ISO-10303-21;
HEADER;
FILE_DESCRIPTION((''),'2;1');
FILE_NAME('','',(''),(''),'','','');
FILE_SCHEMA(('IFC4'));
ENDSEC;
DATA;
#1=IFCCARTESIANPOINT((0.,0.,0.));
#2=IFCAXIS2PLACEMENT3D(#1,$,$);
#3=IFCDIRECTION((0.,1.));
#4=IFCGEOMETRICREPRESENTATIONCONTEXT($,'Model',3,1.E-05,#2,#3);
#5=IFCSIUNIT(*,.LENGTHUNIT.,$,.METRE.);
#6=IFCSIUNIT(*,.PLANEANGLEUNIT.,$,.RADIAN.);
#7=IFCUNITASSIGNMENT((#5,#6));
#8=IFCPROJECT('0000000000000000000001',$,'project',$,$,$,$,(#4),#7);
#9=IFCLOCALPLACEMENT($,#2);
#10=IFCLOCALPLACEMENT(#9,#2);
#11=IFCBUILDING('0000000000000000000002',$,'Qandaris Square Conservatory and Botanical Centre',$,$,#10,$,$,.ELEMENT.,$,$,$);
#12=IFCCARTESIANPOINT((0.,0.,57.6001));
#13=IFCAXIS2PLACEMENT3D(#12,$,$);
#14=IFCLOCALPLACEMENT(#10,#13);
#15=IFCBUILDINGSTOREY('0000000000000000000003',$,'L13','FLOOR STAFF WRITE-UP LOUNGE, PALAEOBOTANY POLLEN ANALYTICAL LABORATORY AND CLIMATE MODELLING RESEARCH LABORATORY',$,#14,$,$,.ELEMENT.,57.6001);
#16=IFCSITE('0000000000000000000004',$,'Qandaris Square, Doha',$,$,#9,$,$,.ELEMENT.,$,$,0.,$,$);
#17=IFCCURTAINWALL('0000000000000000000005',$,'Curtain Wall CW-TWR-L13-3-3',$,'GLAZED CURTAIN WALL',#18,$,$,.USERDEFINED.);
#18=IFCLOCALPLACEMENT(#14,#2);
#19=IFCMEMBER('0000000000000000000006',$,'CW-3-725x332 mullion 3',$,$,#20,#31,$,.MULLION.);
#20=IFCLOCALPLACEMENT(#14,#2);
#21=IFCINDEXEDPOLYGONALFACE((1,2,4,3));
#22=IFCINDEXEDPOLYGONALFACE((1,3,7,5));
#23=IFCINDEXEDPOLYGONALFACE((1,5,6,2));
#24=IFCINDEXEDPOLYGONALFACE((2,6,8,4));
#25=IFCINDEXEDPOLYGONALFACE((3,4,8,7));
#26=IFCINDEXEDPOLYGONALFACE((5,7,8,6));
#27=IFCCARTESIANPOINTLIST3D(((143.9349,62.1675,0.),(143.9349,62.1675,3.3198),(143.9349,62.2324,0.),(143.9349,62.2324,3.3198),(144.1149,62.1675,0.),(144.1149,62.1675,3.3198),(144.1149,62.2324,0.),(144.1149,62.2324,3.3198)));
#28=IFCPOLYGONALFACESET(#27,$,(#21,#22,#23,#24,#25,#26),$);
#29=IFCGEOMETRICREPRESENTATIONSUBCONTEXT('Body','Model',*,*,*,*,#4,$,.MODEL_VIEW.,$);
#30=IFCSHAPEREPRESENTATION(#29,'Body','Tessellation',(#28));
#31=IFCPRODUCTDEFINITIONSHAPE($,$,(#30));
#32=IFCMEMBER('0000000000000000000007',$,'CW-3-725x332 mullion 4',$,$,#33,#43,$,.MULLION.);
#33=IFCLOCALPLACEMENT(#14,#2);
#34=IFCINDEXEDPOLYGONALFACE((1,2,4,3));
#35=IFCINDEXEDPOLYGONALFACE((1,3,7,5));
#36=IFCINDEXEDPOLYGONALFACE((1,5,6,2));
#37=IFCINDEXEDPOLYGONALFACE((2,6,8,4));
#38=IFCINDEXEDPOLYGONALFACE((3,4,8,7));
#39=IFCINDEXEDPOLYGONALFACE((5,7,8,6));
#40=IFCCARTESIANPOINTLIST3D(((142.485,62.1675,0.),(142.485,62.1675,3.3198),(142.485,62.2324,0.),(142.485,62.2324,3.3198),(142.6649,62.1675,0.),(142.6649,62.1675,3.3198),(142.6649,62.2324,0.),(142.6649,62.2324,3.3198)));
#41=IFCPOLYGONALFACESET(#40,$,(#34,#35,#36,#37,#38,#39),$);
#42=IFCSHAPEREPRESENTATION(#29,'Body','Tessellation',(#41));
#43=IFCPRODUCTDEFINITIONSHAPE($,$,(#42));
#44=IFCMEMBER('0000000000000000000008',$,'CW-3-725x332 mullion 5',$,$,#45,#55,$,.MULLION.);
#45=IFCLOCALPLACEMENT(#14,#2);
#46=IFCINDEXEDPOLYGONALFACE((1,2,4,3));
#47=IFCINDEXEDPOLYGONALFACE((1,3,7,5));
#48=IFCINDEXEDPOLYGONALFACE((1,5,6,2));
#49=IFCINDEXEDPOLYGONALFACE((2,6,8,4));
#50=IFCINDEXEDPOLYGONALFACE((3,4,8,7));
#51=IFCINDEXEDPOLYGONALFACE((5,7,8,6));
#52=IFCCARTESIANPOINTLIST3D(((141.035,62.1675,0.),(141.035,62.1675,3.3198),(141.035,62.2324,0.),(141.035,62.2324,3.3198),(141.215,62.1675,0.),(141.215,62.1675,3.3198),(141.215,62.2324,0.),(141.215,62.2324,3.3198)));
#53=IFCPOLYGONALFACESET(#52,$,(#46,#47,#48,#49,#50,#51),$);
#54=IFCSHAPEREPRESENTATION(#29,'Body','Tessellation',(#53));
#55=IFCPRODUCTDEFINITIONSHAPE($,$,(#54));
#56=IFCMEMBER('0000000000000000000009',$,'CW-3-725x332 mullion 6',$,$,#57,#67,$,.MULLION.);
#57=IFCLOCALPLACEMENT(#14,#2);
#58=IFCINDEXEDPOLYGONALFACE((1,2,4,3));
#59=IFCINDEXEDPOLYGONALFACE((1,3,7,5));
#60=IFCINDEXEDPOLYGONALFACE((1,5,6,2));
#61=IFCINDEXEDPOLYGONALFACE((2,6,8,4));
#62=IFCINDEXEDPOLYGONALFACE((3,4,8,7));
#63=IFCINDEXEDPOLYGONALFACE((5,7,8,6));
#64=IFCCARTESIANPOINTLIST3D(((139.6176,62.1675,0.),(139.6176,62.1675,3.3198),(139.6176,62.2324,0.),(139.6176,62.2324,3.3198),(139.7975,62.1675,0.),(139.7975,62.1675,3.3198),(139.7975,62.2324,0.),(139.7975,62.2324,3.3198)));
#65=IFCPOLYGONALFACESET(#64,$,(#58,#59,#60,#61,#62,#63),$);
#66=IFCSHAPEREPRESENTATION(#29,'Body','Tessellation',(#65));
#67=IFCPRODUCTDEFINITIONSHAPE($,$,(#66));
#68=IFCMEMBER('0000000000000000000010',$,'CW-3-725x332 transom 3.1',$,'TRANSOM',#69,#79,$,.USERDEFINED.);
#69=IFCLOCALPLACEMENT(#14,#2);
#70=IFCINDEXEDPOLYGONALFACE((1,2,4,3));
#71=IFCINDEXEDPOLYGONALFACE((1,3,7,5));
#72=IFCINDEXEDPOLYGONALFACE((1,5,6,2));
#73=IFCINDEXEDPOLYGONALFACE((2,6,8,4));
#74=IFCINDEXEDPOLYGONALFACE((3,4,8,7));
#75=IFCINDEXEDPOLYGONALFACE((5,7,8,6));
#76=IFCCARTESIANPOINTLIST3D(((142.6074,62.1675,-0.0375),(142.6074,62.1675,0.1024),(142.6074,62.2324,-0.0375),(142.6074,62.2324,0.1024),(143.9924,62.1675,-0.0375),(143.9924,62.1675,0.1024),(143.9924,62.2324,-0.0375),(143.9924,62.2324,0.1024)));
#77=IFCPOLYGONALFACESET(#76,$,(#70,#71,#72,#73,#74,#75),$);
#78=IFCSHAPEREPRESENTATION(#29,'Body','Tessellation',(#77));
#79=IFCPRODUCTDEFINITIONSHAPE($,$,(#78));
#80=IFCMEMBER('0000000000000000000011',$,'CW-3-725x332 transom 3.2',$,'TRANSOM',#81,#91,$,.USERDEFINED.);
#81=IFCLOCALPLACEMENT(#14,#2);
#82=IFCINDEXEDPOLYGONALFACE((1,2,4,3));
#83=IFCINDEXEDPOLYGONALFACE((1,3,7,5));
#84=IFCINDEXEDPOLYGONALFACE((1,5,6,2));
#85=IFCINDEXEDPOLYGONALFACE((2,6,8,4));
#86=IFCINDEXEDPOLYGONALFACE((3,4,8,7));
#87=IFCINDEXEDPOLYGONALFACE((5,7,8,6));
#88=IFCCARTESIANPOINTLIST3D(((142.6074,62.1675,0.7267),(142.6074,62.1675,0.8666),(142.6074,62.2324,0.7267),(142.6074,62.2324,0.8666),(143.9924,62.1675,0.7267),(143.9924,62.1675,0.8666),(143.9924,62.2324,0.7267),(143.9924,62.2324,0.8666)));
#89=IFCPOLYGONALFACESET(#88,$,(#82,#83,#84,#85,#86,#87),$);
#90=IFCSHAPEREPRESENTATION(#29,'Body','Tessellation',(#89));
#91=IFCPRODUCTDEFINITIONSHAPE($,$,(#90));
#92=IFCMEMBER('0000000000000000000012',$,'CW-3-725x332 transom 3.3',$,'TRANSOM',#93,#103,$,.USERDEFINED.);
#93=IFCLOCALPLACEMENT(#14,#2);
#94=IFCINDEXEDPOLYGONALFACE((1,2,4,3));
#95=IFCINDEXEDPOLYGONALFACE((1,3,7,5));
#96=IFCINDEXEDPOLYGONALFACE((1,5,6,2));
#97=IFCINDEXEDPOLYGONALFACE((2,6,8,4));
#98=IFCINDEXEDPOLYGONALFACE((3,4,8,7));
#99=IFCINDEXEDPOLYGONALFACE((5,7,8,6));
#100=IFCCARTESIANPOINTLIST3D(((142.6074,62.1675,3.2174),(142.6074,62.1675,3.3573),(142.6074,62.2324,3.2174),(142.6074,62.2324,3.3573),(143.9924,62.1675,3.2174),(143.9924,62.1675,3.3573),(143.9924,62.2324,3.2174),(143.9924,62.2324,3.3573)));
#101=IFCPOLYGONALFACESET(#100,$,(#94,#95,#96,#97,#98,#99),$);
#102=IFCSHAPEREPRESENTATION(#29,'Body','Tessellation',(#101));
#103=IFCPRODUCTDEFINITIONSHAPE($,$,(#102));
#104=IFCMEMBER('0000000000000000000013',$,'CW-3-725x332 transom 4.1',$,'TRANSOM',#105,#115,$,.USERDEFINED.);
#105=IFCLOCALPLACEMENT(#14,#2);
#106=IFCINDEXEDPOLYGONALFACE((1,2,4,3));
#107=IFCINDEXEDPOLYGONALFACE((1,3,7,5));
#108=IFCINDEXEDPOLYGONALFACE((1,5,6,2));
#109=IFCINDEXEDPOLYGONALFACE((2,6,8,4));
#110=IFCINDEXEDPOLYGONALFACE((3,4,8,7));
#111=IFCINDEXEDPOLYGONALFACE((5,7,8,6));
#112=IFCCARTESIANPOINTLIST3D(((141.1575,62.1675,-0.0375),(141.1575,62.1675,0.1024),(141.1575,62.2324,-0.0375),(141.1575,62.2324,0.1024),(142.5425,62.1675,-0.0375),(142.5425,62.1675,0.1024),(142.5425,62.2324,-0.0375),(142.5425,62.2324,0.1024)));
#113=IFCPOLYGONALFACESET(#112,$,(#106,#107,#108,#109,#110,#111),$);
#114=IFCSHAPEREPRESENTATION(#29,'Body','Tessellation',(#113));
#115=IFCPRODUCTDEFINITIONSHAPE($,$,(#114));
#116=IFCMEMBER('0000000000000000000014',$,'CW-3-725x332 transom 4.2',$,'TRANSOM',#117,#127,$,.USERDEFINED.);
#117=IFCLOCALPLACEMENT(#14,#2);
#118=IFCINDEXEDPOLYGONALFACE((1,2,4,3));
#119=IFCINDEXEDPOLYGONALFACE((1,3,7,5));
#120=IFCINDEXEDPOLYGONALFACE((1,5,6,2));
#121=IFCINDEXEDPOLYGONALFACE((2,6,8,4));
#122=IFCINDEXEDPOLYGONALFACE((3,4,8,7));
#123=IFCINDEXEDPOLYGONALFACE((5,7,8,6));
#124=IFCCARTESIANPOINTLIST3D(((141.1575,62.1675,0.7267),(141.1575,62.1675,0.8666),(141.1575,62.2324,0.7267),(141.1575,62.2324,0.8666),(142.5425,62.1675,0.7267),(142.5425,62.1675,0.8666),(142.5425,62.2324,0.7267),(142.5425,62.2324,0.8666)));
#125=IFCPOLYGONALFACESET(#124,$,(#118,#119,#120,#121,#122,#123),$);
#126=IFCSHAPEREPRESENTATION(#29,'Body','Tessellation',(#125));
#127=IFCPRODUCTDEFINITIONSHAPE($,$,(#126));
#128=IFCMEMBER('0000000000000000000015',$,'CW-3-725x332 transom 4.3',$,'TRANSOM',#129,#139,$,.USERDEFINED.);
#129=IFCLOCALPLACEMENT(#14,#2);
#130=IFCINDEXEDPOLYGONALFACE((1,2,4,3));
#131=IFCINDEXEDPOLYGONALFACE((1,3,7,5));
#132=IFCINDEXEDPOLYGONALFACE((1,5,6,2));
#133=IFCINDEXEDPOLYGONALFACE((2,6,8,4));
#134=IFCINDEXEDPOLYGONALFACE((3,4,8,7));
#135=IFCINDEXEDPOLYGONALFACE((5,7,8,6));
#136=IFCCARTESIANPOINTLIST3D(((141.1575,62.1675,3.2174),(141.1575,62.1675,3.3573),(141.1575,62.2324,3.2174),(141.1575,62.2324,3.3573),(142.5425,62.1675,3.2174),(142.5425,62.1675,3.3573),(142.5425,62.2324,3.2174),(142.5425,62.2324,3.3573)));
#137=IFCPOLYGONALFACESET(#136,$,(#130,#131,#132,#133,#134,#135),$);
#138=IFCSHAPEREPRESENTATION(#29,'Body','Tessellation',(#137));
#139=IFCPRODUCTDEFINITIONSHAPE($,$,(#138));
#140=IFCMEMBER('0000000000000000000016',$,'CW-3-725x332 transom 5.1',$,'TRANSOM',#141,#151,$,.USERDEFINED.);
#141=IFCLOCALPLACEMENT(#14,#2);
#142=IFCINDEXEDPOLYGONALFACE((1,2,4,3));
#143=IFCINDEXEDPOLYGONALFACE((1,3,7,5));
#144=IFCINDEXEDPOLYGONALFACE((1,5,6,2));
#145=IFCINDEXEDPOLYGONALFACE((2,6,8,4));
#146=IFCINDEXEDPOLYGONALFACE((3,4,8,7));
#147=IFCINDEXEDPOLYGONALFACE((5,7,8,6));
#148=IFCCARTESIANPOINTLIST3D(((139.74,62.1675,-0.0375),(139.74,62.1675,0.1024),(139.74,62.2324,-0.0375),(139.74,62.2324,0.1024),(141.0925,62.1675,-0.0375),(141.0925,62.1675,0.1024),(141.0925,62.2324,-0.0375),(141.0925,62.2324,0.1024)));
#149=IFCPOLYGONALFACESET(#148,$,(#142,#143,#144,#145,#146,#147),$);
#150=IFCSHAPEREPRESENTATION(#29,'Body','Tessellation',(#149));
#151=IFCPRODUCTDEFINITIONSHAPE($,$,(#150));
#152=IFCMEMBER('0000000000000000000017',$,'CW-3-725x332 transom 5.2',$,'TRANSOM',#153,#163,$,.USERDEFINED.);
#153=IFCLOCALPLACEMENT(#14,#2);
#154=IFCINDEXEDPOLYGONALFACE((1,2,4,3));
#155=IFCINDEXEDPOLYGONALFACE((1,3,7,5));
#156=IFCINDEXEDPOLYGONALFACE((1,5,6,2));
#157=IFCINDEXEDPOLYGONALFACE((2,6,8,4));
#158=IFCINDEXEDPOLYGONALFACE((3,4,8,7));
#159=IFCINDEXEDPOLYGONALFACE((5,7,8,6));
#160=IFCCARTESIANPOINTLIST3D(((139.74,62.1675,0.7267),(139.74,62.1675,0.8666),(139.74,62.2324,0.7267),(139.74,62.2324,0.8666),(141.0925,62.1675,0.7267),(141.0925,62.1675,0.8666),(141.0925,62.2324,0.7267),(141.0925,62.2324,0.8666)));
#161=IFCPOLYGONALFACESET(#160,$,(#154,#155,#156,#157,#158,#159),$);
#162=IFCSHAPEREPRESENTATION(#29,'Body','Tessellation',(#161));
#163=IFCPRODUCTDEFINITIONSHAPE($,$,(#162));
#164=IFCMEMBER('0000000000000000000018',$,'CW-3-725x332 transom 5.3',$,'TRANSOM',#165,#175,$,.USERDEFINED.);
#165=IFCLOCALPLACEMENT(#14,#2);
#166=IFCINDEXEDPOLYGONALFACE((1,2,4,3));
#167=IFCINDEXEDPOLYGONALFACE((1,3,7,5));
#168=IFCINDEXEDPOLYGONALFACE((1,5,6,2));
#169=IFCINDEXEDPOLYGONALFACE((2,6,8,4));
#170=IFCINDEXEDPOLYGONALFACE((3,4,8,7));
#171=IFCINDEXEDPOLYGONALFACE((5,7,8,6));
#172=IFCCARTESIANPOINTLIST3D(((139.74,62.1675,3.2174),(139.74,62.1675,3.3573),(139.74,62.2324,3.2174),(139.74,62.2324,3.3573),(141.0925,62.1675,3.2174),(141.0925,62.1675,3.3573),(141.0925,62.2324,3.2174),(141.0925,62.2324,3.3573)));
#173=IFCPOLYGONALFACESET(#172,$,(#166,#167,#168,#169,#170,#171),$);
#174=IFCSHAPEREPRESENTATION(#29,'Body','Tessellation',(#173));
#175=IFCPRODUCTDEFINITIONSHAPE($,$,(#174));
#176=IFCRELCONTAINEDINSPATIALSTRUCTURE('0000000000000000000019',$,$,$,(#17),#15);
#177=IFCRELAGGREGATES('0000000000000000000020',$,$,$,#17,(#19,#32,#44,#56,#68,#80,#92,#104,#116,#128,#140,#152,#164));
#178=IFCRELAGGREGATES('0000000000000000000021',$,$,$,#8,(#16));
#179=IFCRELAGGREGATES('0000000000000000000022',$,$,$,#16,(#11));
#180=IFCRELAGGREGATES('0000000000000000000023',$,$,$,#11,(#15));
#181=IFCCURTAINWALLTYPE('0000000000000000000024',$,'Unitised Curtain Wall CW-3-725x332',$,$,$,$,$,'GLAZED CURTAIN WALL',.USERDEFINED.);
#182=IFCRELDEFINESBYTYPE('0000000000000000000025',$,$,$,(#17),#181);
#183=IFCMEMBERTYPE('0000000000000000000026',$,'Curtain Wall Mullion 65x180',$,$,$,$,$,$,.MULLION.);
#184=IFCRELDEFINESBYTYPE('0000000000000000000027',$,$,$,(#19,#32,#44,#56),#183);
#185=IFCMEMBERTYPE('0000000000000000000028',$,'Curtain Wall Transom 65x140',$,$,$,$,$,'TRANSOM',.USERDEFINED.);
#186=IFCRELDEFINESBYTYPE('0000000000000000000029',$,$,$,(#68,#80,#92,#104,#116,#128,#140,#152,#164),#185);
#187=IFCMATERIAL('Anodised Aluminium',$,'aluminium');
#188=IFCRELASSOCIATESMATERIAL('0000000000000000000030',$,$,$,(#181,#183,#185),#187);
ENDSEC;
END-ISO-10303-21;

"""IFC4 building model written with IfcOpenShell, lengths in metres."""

from ifc_helpers import new_model, si_unit, direction, frame, origin, origin_2d, place, context, subcontext, project, spatial, rectangle, extrude, material, material_profile, profile_set, type_object, element, aggregate, save


model = new_model("IFC4")

# Units and contexts
model_context = context("Model", 3, precision=1e-05, world=origin(), true_north=direction((0.0, 1.0)))
body_context = subcontext(model_context, "Body", "Model", "MODEL_VIEW")
ifc_project = project(units=[si_unit("LENGTHUNIT", "METRE"), si_unit("PLANEANGLEUNIT", "RADIAN")], contexts=[model_context])

# Site, building, storey
site_placement = place(None, origin())
site = spatial("IfcSite", under=ifc_project, at=site_placement, Name="Qandaris Square, Doha", CompositionType="ELEMENT", RefElevation=0.0)
building_placement = place(site_placement, origin())
building = spatial("IfcBuilding", under=site, at=building_placement, Name="Qandaris Square Conservatory and Botanical Centre", CompositionType="ELEMENT")
storey_placement = place(building_placement, frame((0.0, 0.0, 57.6001)))
storey = spatial("IfcBuildingStorey", under=building, at=storey_placement, Name="L13", Description="FLOOR STAFF WRITE-UP LOUNGE, PALAEOBOTANY POLLEN ANALYTICAL LABORATORY AND CLIMATE MODELLING RESEARCH LABORATORY", CompositionType="ELEMENT", Elevation=57.6001)

# Curtain wall, members
ifc_material_1 = material(Name="Anodised Aluminium", Category="aluminium")
curtain_wall_type = type_object("IfcCurtainWallType", Name="Unitised Curtain Wall CW-3-725x332", ElementType="GLAZED CURTAIN WALL", PredefinedType="USERDEFINED", material=ifc_material_1)
curtain_wall_placement = place(storey_placement, origin())
curtain_wall = element("IfcCurtainWall", 1, at=curtain_wall_placement, inside=storey, type_object=curtain_wall_type, Name="Curtain Wall CW-TWR-L13-3-3", ObjectType="GLAZED CURTAIN WALL", PredefinedType="USERDEFINED")
ifc_material_profile_1 = material_profile(ifc_material_1, rectangle(XDim=0.0649, YDim=0.1799, at=origin_2d()), Name="ALU-MUL 65x180")
ifc_profile_set_1 = profile_set([ifc_material_profile_1], Name="Anodised Aluminium")
member_type_1 = type_object("IfcMemberType", Name="Curtain Wall Mullion 65x180", PredefinedType="MULLION", material=ifc_profile_set_1)
member_1_placement = place(storey_placement, frame((144.0249, 62.2, 0.0), z_axis=(0.0, 0.0, 1.0), x_axis=(0.0, -1.0, 0.0)))
member_1 = element("IfcMember", 2, at=member_1_placement, type_object=member_type_1, Name="CW-3-725x332 mullion 3", PredefinedType="MULLION", context=body_context, shape_type="SweptSolid", body=[
    extrude(rectangle(XDim=0.0649, YDim=0.1799, at=origin_2d()), origin(), (0.0, 0.0, 1.0), 3.3198),
])
member_2_placement = place(storey_placement, frame((142.575, 62.2, 0.0), z_axis=(0.0, 0.0, 1.0), x_axis=(0.0, -1.0, 0.0)))
member_2 = element("IfcMember", 3, at=member_2_placement, type_object=member_type_1, Name="CW-3-725x332 mullion 4", PredefinedType="MULLION", context=body_context, shape_type="SweptSolid", body=[
    extrude(rectangle(XDim=0.0649, YDim=0.1799, at=origin_2d()), origin(), (0.0, 0.0, 1.0), 3.3198),
])
member_3_placement = place(storey_placement, frame((141.125, 62.2, 0.0), z_axis=(0.0, 0.0, 1.0), x_axis=(0.0, -1.0, 0.0)))
member_3 = element("IfcMember", 4, at=member_3_placement, type_object=member_type_1, Name="CW-3-725x332 mullion 5", PredefinedType="MULLION", context=body_context, shape_type="SweptSolid", body=[
    extrude(rectangle(XDim=0.0649, YDim=0.1799, at=origin_2d()), origin(), (0.0, 0.0, 1.0), 3.3198),
])
member_4_placement = place(storey_placement, frame((139.7075, 62.2, 0.0), z_axis=(0.0, 0.0, 1.0), x_axis=(0.0, -1.0, 0.0)))
member_4 = element("IfcMember", 5, at=member_4_placement, type_object=member_type_1, Name="CW-3-725x332 mullion 6", PredefinedType="MULLION", context=body_context, shape_type="SweptSolid", body=[
    extrude(rectangle(XDim=0.0649, YDim=0.1799, at=origin_2d()), origin(), (0.0, 0.0, 1.0), 3.3198),
])
ifc_material_profile_2 = material_profile(ifc_material_1, rectangle(XDim=0.0649, YDim=0.1399, at=origin_2d()), Name="ALU-TRN 65x140")
ifc_profile_set_2 = profile_set([ifc_material_profile_2], Name="Anodised Aluminium")
member_type_2 = type_object("IfcMemberType", Name="Curtain Wall Transom 65x140", ElementType="TRANSOM", PredefinedType="USERDEFINED", material=ifc_profile_set_2)
member_5_placement = place(storey_placement, frame((143.9924, 62.2, 0.0325), z_axis=(-1.0, 0.0, 0.0), x_axis=(0.0, -1.0, 0.0)))
member_5 = element("IfcMember", 6, at=member_5_placement, type_object=member_type_2, Name="CW-3-725x332 transom 3.1", ObjectType="TRANSOM", PredefinedType="USERDEFINED", context=body_context, shape_type="SweptSolid", body=[
    extrude(rectangle(XDim=0.0649, YDim=0.1399, at=origin_2d()), origin(), (0.0, 0.0, 1.0), 1.385),
])
member_6_placement = place(storey_placement, frame((143.9924, 62.2, 0.7966), z_axis=(-1.0, 0.0, 0.0), x_axis=(0.0, -1.0, 0.0)))
member_6 = element("IfcMember", 7, at=member_6_placement, type_object=member_type_2, Name="CW-3-725x332 transom 3.2", ObjectType="TRANSOM", PredefinedType="USERDEFINED", context=body_context, shape_type="SweptSolid", body=[
    extrude(rectangle(XDim=0.0649, YDim=0.1399, at=origin_2d()), origin(), (0.0, 0.0, 1.0), 1.385),
])
member_7_placement = place(storey_placement, frame((143.9924, 62.2, 3.2874), z_axis=(-1.0, 0.0, 0.0), x_axis=(0.0, -1.0, 0.0)))
member_7 = element("IfcMember", 8, at=member_7_placement, type_object=member_type_2, Name="CW-3-725x332 transom 3.3", ObjectType="TRANSOM", PredefinedType="USERDEFINED", context=body_context, shape_type="SweptSolid", body=[
    extrude(rectangle(XDim=0.0649, YDim=0.1399, at=origin_2d()), origin(), (0.0, 0.0, 1.0), 1.385),
])
member_8_placement = place(storey_placement, frame((142.5425, 62.2, 0.0325), z_axis=(-1.0, 0.0, 0.0), x_axis=(0.0, -1.0, 0.0)))
member_8 = element("IfcMember", 9, at=member_8_placement, type_object=member_type_2, Name="CW-3-725x332 transom 4.1", ObjectType="TRANSOM", PredefinedType="USERDEFINED", context=body_context, shape_type="SweptSolid", body=[
    extrude(rectangle(XDim=0.0649, YDim=0.1399, at=origin_2d()), origin(), (0.0, 0.0, 1.0), 1.385),
])
member_9_placement = place(storey_placement, frame((142.5425, 62.2, 0.7966), z_axis=(-1.0, 0.0, 0.0), x_axis=(0.0, -1.0, 0.0)))
member_9 = element("IfcMember", 10, at=member_9_placement, type_object=member_type_2, Name="CW-3-725x332 transom 4.2", ObjectType="TRANSOM", PredefinedType="USERDEFINED", context=body_context, shape_type="SweptSolid", body=[
    extrude(rectangle(XDim=0.0649, YDim=0.1399, at=origin_2d()), origin(), (0.0, 0.0, 1.0), 1.385),
])
member_10_placement = place(storey_placement, frame((142.5425, 62.2, 3.2874), z_axis=(-1.0, 0.0, 0.0), x_axis=(0.0, -1.0, 0.0)))
member_10 = element("IfcMember", 11, at=member_10_placement, type_object=member_type_2, Name="CW-3-725x332 transom 4.3", ObjectType="TRANSOM", PredefinedType="USERDEFINED", context=body_context, shape_type="SweptSolid", body=[
    extrude(rectangle(XDim=0.0649, YDim=0.1399, at=origin_2d()), origin(), (0.0, 0.0, 1.0), 1.385),
])
member_11_placement = place(storey_placement, frame((141.0925, 62.2, 0.0325), z_axis=(-1.0, 0.0, 0.0), x_axis=(0.0, -1.0, 0.0)))
member_11 = element("IfcMember", 12, at=member_11_placement, type_object=member_type_2, Name="CW-3-725x332 transom 5.1", ObjectType="TRANSOM", PredefinedType="USERDEFINED", context=body_context, shape_type="SweptSolid", body=[
    extrude(rectangle(XDim=0.0649, YDim=0.1399, at=origin_2d()), origin(), (0.0, 0.0, 1.0), 1.3525),
])
member_12_placement = place(storey_placement, frame((141.0925, 62.2, 0.7966), z_axis=(-1.0, 0.0, 0.0), x_axis=(0.0, -1.0, 0.0)))
member_12 = element("IfcMember", 13, at=member_12_placement, type_object=member_type_2, Name="CW-3-725x332 transom 5.2", ObjectType="TRANSOM", PredefinedType="USERDEFINED", context=body_context, shape_type="SweptSolid", body=[
    extrude(rectangle(XDim=0.0649, YDim=0.1399, at=origin_2d()), origin(), (0.0, 0.0, 1.0), 1.3525),
])
member_13_placement = place(storey_placement, frame((141.0925, 62.2, 3.2874), z_axis=(-1.0, 0.0, 0.0), x_axis=(0.0, -1.0, 0.0)))
member_13 = element("IfcMember", 14, at=member_13_placement, type_object=member_type_2, Name="CW-3-725x332 transom 5.3", ObjectType="TRANSOM", PredefinedType="USERDEFINED", context=body_context, shape_type="SweptSolid", body=[
    extrude(rectangle(XDim=0.0649, YDim=0.1399, at=origin_2d()), origin(), (0.0, 0.0, 1.0), 1.3525),
])

aggregate(curtain_wall, [member_1, member_2, member_3, member_4, member_5, member_6, member_7, member_8, member_9, member_10, member_11, member_12, member_13])

save(model, "model.ifc")
